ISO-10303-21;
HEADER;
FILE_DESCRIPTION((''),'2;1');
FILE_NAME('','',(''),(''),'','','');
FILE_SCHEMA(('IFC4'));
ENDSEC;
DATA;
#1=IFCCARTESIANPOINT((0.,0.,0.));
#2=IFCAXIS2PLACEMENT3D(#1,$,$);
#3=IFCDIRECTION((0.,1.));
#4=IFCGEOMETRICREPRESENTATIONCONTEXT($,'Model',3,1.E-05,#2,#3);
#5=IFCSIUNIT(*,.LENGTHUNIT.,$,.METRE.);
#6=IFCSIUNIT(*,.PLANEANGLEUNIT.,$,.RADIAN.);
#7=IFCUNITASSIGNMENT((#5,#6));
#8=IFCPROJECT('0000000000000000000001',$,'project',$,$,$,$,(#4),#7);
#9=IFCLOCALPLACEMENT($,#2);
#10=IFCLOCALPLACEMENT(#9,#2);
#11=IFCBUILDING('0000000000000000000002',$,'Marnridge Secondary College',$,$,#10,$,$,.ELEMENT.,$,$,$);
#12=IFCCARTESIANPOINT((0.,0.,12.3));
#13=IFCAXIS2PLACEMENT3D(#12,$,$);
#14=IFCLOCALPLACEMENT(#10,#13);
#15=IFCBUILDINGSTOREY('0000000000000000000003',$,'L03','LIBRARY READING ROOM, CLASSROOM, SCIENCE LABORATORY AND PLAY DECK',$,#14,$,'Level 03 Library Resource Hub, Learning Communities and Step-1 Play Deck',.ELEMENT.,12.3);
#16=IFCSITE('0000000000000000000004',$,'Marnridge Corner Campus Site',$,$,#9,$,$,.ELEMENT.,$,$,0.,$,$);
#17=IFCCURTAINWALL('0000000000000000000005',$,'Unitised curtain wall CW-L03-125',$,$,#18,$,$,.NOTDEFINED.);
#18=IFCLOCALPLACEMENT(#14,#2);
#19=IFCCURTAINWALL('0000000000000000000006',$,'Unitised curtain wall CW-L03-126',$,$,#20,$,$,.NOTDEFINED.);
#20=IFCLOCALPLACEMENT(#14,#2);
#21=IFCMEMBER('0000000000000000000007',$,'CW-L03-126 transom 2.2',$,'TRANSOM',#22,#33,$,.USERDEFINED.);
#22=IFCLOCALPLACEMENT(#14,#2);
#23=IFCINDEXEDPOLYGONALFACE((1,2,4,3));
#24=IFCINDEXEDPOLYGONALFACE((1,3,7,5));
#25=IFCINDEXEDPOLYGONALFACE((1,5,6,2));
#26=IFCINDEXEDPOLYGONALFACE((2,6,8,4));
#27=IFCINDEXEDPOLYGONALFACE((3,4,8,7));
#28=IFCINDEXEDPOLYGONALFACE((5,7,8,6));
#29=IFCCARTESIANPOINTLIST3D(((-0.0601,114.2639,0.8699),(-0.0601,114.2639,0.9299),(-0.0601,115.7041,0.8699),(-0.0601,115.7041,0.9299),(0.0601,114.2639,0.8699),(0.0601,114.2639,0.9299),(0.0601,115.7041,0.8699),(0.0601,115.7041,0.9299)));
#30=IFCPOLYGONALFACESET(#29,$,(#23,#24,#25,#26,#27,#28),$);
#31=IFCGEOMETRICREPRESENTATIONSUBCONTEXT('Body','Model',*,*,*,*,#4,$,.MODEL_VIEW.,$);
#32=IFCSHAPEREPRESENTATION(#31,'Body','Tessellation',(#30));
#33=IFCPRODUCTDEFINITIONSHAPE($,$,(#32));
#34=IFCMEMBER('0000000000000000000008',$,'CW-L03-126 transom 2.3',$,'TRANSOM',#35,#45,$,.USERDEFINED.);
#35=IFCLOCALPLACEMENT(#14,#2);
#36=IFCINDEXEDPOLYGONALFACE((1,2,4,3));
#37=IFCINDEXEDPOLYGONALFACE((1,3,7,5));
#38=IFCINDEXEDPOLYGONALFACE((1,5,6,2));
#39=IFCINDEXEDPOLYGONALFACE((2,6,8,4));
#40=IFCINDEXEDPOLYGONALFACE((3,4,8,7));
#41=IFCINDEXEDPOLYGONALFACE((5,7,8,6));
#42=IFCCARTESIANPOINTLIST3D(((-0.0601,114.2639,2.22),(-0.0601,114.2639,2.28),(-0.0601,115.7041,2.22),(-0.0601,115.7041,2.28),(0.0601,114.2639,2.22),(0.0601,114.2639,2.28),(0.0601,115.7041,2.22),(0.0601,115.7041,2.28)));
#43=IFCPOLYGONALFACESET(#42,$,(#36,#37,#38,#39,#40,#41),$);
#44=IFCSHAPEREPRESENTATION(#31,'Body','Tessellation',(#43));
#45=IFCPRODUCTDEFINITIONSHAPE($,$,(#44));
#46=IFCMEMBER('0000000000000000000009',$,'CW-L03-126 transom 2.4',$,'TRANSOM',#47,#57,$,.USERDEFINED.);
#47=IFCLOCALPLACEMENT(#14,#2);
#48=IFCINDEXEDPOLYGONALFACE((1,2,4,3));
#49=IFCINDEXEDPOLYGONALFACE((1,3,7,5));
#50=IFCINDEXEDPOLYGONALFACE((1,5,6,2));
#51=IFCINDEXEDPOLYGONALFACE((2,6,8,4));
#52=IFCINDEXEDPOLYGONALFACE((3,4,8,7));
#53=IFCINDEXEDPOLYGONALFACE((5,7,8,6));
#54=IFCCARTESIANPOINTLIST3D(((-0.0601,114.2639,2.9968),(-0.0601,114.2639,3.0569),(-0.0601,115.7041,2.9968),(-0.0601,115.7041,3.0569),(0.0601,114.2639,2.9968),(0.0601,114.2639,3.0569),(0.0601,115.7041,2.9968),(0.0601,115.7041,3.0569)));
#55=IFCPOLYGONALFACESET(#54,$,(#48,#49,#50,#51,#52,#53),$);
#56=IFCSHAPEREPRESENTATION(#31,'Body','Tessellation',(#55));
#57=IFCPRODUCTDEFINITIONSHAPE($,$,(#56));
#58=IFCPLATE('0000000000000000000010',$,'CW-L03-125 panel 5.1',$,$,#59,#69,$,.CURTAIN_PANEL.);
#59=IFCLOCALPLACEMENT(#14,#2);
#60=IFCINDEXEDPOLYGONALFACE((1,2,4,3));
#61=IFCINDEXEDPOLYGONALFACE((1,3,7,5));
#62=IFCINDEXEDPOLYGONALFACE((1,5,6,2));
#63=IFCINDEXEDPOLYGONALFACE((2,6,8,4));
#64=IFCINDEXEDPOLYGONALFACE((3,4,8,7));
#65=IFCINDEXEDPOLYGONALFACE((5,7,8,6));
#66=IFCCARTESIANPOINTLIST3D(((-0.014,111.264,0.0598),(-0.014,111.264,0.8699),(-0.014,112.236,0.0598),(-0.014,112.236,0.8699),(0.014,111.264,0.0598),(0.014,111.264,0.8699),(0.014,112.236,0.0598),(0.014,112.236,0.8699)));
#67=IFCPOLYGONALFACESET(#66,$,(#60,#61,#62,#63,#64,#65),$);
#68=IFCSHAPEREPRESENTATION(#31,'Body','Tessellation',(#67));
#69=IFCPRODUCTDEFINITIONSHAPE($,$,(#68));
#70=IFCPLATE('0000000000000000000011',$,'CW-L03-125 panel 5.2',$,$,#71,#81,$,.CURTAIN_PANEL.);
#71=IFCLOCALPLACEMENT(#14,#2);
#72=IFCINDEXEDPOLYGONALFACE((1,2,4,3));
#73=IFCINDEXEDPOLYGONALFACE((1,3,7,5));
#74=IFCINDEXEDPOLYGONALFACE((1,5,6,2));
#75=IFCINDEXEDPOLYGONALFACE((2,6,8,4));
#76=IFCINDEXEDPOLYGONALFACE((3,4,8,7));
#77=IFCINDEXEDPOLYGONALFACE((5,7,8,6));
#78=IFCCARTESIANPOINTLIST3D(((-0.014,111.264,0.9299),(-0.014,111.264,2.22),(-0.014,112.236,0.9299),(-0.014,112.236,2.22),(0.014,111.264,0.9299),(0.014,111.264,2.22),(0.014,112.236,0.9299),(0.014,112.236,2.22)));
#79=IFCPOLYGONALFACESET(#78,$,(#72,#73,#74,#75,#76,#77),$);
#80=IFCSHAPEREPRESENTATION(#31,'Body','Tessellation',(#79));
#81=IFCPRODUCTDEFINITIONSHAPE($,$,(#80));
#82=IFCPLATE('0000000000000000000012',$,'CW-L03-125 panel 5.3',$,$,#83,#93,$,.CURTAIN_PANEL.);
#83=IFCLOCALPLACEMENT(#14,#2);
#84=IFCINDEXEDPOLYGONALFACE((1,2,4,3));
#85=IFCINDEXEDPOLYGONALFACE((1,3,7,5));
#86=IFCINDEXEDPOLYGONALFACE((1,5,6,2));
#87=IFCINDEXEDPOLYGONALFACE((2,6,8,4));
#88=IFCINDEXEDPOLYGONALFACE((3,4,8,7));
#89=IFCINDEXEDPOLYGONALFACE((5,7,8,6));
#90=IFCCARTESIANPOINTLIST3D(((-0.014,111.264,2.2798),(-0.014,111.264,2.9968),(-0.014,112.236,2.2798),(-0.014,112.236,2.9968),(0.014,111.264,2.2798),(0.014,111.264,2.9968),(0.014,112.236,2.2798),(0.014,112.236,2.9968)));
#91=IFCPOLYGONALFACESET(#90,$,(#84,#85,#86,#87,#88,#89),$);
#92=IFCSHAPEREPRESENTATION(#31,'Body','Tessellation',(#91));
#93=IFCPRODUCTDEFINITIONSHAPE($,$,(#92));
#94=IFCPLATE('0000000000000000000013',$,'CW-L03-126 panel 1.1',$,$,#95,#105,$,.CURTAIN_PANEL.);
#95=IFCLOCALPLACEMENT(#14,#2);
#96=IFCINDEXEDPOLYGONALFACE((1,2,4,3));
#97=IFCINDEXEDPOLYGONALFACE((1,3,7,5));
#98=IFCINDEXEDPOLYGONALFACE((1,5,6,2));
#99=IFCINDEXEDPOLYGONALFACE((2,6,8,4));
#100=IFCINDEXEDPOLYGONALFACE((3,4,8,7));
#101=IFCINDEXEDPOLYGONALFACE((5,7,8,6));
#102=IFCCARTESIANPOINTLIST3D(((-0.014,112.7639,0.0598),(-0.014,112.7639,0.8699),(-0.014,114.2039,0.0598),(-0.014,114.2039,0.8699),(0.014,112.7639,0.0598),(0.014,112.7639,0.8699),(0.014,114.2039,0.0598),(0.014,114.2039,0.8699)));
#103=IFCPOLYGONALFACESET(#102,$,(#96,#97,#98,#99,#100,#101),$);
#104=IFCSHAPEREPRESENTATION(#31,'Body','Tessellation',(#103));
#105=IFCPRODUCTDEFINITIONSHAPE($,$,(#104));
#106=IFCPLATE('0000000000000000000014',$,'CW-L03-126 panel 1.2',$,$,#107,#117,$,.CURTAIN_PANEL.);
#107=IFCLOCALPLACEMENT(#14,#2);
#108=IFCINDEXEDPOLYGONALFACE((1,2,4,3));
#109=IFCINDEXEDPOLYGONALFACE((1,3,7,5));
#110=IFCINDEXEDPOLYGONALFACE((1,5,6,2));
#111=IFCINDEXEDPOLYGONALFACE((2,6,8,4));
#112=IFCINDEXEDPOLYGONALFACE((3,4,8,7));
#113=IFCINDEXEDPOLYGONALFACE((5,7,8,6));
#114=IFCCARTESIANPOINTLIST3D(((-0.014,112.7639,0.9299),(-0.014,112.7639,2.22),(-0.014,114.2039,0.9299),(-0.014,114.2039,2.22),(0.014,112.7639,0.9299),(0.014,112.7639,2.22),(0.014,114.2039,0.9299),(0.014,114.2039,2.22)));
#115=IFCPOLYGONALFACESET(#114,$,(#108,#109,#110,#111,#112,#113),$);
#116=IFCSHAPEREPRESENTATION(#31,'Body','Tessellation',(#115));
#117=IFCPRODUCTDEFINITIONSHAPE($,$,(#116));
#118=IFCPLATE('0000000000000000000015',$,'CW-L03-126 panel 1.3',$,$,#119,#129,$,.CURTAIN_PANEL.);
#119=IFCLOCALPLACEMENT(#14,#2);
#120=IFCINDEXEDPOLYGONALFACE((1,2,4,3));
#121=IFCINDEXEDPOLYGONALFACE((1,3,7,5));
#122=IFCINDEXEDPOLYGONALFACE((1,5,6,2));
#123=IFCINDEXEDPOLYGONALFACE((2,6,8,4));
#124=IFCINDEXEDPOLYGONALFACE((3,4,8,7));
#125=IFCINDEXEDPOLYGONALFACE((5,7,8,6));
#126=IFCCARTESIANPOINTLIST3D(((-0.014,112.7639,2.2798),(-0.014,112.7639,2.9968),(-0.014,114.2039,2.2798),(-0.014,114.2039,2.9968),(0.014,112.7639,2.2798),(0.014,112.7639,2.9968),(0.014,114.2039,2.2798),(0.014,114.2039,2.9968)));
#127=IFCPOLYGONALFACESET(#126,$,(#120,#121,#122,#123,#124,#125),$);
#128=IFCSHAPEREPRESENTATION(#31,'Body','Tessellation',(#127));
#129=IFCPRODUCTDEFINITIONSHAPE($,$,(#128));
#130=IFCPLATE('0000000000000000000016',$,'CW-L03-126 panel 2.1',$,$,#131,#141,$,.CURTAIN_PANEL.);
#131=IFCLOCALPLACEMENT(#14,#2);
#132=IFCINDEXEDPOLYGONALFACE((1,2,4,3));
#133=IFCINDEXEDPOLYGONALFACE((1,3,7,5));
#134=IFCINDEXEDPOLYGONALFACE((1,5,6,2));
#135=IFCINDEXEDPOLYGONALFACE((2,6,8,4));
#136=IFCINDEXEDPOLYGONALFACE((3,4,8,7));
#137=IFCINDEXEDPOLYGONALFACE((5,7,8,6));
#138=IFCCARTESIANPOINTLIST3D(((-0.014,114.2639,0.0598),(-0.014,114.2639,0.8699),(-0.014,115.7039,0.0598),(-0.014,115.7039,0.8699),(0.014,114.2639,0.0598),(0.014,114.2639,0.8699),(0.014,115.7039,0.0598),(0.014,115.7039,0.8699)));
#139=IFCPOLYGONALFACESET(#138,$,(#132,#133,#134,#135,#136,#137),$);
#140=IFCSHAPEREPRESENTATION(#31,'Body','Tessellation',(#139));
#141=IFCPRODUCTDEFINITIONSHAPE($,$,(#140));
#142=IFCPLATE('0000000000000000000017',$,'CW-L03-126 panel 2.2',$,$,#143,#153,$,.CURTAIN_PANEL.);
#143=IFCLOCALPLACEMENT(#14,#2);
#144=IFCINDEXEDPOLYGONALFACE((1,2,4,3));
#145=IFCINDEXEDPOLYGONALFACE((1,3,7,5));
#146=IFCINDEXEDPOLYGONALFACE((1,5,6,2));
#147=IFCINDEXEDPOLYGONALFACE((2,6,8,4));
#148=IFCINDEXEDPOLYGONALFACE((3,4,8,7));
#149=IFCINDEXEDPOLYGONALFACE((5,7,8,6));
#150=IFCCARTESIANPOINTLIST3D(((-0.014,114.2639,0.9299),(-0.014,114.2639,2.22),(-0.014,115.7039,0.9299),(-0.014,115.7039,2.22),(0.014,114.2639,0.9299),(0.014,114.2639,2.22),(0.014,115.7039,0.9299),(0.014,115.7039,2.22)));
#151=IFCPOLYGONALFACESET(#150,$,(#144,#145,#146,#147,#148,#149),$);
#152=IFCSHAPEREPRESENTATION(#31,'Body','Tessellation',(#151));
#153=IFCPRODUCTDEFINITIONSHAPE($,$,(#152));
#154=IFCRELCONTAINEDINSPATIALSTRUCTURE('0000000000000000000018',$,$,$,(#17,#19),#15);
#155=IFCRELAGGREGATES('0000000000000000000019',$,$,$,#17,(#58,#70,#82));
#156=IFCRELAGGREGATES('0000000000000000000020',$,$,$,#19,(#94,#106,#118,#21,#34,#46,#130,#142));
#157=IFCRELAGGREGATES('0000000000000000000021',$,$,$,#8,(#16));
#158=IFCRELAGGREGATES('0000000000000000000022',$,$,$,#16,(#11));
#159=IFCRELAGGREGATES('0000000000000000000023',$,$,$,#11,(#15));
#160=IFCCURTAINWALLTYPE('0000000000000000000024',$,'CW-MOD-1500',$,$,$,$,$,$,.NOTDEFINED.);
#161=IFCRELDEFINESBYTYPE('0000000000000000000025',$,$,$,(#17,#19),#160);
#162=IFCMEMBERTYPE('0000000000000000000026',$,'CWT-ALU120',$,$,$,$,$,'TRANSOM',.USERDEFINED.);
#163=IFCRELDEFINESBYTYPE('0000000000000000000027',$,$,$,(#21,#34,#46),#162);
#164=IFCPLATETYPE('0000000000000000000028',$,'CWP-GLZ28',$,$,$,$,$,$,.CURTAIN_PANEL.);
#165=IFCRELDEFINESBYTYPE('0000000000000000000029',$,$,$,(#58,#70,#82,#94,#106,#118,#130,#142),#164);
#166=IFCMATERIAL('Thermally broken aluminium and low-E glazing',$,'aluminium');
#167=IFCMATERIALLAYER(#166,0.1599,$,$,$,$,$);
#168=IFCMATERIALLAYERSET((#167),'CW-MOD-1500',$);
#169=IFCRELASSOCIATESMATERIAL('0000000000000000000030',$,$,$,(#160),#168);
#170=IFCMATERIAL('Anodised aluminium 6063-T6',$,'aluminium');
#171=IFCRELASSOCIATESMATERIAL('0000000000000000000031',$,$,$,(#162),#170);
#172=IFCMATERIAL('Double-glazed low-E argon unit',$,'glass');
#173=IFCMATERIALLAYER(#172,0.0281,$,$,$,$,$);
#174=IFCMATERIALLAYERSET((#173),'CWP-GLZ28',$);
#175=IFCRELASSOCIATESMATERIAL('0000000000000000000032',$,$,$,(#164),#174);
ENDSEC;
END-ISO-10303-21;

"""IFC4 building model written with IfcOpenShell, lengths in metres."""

from ifc_helpers import new_model, si_unit, direction, frame, origin, origin_2d, place, context, subcontext, project, spatial, rectangle, extrude, material, layer, layer_set, material_profile, profile_set, type_object, element, aggregate, save


model = new_model("IFC4")

# Units and contexts
model_context = context("Model", 3, precision=1e-05, world=origin(), true_north=direction((0.0, 1.0)))
body_context = subcontext(model_context, "Body", "Model", "MODEL_VIEW")
ifc_project = project(units=[si_unit("LENGTHUNIT", "METRE"), si_unit("PLANEANGLEUNIT", "RADIAN")], contexts=[model_context])

# Site, building, storey
site_placement = place(None, origin())
site = spatial("IfcSite", under=ifc_project, at=site_placement, Name="Marnridge Corner Campus Site", CompositionType="ELEMENT", RefElevation=0.0)
building_placement = place(site_placement, origin())
building = spatial("IfcBuilding", under=site, at=building_placement, Name="Marnridge Secondary College", CompositionType="ELEMENT")
storey_placement = place(building_placement, frame((0.0, 0.0, 12.3)))
storey = spatial("IfcBuildingStorey", under=building, at=storey_placement, Name="L03", Description="LIBRARY READING ROOM, CLASSROOM, SCIENCE LABORATORY AND PLAY DECK", LongName="Level 03 Library Resource Hub, Learning Communities and Step-1 Play Deck", CompositionType="ELEMENT", Elevation=12.3)

# Curtain wall
ifc_material_1 = material(Name="Thermally broken aluminium and low-E glazing", Category="aluminium")
ifc_layer_1 = layer(ifc_material_1, 0.1599)
ifc_layer_set_1 = layer_set([ifc_layer_1], Name="CW-MOD-1500")
curtain_wall_type = type_object("IfcCurtainWallType", Name="CW-MOD-1500", PredefinedType="NOTDEFINED", material=ifc_layer_set_1)
curtain_wall_1_placement = place(storey_placement, origin())
curtain_wall_1 = element("IfcCurtainWall", 1, at=curtain_wall_1_placement, inside=storey, type_object=curtain_wall_type, Name="Unitised curtain wall CW-L03-125", PredefinedType="NOTDEFINED")

# Curtain wall
curtain_wall_2_placement = place(storey_placement, origin())
curtain_wall_2 = element("IfcCurtainWall", 2, at=curtain_wall_2_placement, inside=storey, type_object=curtain_wall_type, Name="Unitised curtain wall CW-L03-126", PredefinedType="NOTDEFINED")

# Members
ifc_material_2 = material(Name="Anodised aluminium 6063-T6", Category="aluminium")
ifc_material_profile_1 = material_profile(ifc_material_2, rectangle(XDim=0.0601, YDim=0.1201, at=origin_2d()), Name="ALU 60x120")
ifc_profile_set_1 = profile_set([ifc_material_profile_1], Name="Anodised aluminium 6063-T6")
member_type_1 = type_object("IfcMemberType", Name="CWT-ALU120", ElementType="TRANSOM", PredefinedType="USERDEFINED", material=ifc_profile_set_1)
member_1_placement = place(storey_placement, frame((0.0, 114.2639, 0.8999), z_axis=(0.0, 1.0, 0.0), x_axis=(0.0, 0.0, 1.0)))
member_1 = element("IfcMember", 3, at=member_1_placement, type_object=member_type_1, Name="CW-L03-126 transom 2.2", ObjectType="TRANSOM", PredefinedType="USERDEFINED", context=body_context, shape_type="SweptSolid", body=[
    extrude(rectangle(XDim=0.0601, YDim=0.1201, at=origin_2d()), origin(), (0.0, 0.0, 1.0), 1.4402),
])
member_2_placement = place(storey_placement, frame((0.0, 114.2639, 2.25), z_axis=(0.0, 1.0, 0.0), x_axis=(0.0, 0.0, 1.0)))
member_2 = element("IfcMember", 4, at=member_2_placement, type_object=member_type_1, Name="CW-L03-126 transom 2.3", ObjectType="TRANSOM", PredefinedType="USERDEFINED", context=body_context, shape_type="SweptSolid", body=[
    extrude(rectangle(XDim=0.0601, YDim=0.1201, at=origin_2d()), origin(), (0.0, 0.0, 1.0), 1.4402),
])
member_3_placement = place(storey_placement, frame((0.0, 114.2639, 3.0269), z_axis=(0.0, 1.0, 0.0), x_axis=(0.0, 0.0, 1.0)))
member_3 = element("IfcMember", 5, at=member_3_placement, type_object=member_type_1, Name="CW-L03-126 transom 2.4", ObjectType="TRANSOM", PredefinedType="USERDEFINED", context=body_context, shape_type="SweptSolid", body=[
    extrude(rectangle(XDim=0.0601, YDim=0.1201, at=origin_2d()), origin(), (0.0, 0.0, 1.0), 1.4402),
])

# Plates
ifc_material_3 = material(Name="Double-glazed low-E argon unit", Category="glass")
ifc_layer_2 = layer(ifc_material_3, 0.0281)
ifc_layer_set_2 = layer_set([ifc_layer_2], Name="CWP-GLZ28")
plate_type = type_object("IfcPlateType", Name="CWP-GLZ28", PredefinedType="CURTAIN_PANEL", material=ifc_layer_set_2)
plate_1_placement = place(storey_placement, frame((0.0, 111.75, 0.0598), z_axis=(0.0, 0.0, 1.0), x_axis=(0.0, 1.0, 0.0)))
plate_1 = element("IfcPlate", 6, at=plate_1_placement, type_object=plate_type, Name="CW-L03-125 panel 5.1", PredefinedType="CURTAIN_PANEL", context=body_context, shape_type="SweptSolid", body=[
    extrude(rectangle(XDim=0.9719, YDim=0.0281, at=origin_2d()), origin(), (0.0, 0.0, 1.0), 0.8101),
])
plate_2_placement = place(storey_placement, frame((0.0, 111.75, 0.9299), z_axis=(0.0, 0.0, 1.0), x_axis=(0.0, 1.0, 0.0)))
plate_2 = element("IfcPlate", 7, at=plate_2_placement, type_object=plate_type, Name="CW-L03-125 panel 5.2", PredefinedType="CURTAIN_PANEL", context=body_context, shape_type="SweptSolid", body=[
    extrude(rectangle(XDim=0.9719, YDim=0.0281, at=origin_2d()), origin(), (0.0, 0.0, 1.0), 1.29),
])
plate_3_placement = place(storey_placement, frame((0.0, 111.75, 2.2798), z_axis=(0.0, 0.0, 1.0), x_axis=(0.0, 1.0, 0.0)))
plate_3 = element("IfcPlate", 8, at=plate_3_placement, type_object=plate_type, Name="CW-L03-125 panel 5.3", PredefinedType="CURTAIN_PANEL", context=body_context, shape_type="SweptSolid", body=[
    extrude(rectangle(XDim=0.9719, YDim=0.0281, at=origin_2d()), origin(), (0.0, 0.0, 1.0), 0.717),
])
aggregate(curtain_wall_1, [plate_1, plate_2, plate_3])
plate_4_placement = place(storey_placement, frame((0.0, 113.4839, 0.0598), z_axis=(0.0, 0.0, 1.0), x_axis=(0.0, 1.0, 0.0)))
plate_4 = element("IfcPlate", 9, at=plate_4_placement, type_object=plate_type, Name="CW-L03-126 panel 1.1", PredefinedType="CURTAIN_PANEL", context=body_context, shape_type="SweptSolid", body=[
    extrude(rectangle(XDim=1.4399, YDim=0.0281, at=origin_2d()), origin(), (0.0, 0.0, 1.0), 0.8101),
])
plate_5_placement = place(storey_placement, frame((0.0, 113.4839, 0.9299), z_axis=(0.0, 0.0, 1.0), x_axis=(0.0, 1.0, 0.0)))
plate_5 = element("IfcPlate", 10, at=plate_5_placement, type_object=plate_type, Name="CW-L03-126 panel 1.2", PredefinedType="CURTAIN_PANEL", context=body_context, shape_type="SweptSolid", body=[
    extrude(rectangle(XDim=1.4399, YDim=0.0281, at=origin_2d()), origin(), (0.0, 0.0, 1.0), 1.29),
])
plate_6_placement = place(storey_placement, frame((0.0, 113.4839, 2.2798), z_axis=(0.0, 0.0, 1.0), x_axis=(0.0, 1.0, 0.0)))
plate_6 = element("IfcPlate", 11, at=plate_6_placement, type_object=plate_type, Name="CW-L03-126 panel 1.3", PredefinedType="CURTAIN_PANEL", context=body_context, shape_type="SweptSolid", body=[
    extrude(rectangle(XDim=1.4399, YDim=0.0281, at=origin_2d()), origin(), (0.0, 0.0, 1.0), 0.717),
])
plate_7_placement = place(storey_placement, frame((0.0, 114.9839, 0.0598), z_axis=(0.0, 0.0, 1.0), x_axis=(0.0, 1.0, 0.0)))
plate_7 = element("IfcPlate", 12, at=plate_7_placement, type_object=plate_type, Name="CW-L03-126 panel 2.1", PredefinedType="CURTAIN_PANEL", context=body_context, shape_type="SweptSolid", body=[
    extrude(rectangle(XDim=1.4399, YDim=0.0281, at=origin_2d()), origin(), (0.0, 0.0, 1.0), 0.8101),
])
plate_8_placement = place(storey_placement, frame((0.0, 114.9839, 0.9299), z_axis=(0.0, 0.0, 1.0), x_axis=(0.0, 1.0, 0.0)))
plate_8 = element("IfcPlate", 13, at=plate_8_placement, type_object=plate_type, Name="CW-L03-126 panel 2.2", PredefinedType="CURTAIN_PANEL", context=body_context, shape_type="SweptSolid", body=[
    extrude(rectangle(XDim=1.4399, YDim=0.0281, at=origin_2d()), origin(), (0.0, 0.0, 1.0), 1.29),
])
aggregate(curtain_wall_2, [plate_4, plate_5, plate_6, member_1, member_2, member_3, plate_7, plate_8])

save(model, "model.ifc")
